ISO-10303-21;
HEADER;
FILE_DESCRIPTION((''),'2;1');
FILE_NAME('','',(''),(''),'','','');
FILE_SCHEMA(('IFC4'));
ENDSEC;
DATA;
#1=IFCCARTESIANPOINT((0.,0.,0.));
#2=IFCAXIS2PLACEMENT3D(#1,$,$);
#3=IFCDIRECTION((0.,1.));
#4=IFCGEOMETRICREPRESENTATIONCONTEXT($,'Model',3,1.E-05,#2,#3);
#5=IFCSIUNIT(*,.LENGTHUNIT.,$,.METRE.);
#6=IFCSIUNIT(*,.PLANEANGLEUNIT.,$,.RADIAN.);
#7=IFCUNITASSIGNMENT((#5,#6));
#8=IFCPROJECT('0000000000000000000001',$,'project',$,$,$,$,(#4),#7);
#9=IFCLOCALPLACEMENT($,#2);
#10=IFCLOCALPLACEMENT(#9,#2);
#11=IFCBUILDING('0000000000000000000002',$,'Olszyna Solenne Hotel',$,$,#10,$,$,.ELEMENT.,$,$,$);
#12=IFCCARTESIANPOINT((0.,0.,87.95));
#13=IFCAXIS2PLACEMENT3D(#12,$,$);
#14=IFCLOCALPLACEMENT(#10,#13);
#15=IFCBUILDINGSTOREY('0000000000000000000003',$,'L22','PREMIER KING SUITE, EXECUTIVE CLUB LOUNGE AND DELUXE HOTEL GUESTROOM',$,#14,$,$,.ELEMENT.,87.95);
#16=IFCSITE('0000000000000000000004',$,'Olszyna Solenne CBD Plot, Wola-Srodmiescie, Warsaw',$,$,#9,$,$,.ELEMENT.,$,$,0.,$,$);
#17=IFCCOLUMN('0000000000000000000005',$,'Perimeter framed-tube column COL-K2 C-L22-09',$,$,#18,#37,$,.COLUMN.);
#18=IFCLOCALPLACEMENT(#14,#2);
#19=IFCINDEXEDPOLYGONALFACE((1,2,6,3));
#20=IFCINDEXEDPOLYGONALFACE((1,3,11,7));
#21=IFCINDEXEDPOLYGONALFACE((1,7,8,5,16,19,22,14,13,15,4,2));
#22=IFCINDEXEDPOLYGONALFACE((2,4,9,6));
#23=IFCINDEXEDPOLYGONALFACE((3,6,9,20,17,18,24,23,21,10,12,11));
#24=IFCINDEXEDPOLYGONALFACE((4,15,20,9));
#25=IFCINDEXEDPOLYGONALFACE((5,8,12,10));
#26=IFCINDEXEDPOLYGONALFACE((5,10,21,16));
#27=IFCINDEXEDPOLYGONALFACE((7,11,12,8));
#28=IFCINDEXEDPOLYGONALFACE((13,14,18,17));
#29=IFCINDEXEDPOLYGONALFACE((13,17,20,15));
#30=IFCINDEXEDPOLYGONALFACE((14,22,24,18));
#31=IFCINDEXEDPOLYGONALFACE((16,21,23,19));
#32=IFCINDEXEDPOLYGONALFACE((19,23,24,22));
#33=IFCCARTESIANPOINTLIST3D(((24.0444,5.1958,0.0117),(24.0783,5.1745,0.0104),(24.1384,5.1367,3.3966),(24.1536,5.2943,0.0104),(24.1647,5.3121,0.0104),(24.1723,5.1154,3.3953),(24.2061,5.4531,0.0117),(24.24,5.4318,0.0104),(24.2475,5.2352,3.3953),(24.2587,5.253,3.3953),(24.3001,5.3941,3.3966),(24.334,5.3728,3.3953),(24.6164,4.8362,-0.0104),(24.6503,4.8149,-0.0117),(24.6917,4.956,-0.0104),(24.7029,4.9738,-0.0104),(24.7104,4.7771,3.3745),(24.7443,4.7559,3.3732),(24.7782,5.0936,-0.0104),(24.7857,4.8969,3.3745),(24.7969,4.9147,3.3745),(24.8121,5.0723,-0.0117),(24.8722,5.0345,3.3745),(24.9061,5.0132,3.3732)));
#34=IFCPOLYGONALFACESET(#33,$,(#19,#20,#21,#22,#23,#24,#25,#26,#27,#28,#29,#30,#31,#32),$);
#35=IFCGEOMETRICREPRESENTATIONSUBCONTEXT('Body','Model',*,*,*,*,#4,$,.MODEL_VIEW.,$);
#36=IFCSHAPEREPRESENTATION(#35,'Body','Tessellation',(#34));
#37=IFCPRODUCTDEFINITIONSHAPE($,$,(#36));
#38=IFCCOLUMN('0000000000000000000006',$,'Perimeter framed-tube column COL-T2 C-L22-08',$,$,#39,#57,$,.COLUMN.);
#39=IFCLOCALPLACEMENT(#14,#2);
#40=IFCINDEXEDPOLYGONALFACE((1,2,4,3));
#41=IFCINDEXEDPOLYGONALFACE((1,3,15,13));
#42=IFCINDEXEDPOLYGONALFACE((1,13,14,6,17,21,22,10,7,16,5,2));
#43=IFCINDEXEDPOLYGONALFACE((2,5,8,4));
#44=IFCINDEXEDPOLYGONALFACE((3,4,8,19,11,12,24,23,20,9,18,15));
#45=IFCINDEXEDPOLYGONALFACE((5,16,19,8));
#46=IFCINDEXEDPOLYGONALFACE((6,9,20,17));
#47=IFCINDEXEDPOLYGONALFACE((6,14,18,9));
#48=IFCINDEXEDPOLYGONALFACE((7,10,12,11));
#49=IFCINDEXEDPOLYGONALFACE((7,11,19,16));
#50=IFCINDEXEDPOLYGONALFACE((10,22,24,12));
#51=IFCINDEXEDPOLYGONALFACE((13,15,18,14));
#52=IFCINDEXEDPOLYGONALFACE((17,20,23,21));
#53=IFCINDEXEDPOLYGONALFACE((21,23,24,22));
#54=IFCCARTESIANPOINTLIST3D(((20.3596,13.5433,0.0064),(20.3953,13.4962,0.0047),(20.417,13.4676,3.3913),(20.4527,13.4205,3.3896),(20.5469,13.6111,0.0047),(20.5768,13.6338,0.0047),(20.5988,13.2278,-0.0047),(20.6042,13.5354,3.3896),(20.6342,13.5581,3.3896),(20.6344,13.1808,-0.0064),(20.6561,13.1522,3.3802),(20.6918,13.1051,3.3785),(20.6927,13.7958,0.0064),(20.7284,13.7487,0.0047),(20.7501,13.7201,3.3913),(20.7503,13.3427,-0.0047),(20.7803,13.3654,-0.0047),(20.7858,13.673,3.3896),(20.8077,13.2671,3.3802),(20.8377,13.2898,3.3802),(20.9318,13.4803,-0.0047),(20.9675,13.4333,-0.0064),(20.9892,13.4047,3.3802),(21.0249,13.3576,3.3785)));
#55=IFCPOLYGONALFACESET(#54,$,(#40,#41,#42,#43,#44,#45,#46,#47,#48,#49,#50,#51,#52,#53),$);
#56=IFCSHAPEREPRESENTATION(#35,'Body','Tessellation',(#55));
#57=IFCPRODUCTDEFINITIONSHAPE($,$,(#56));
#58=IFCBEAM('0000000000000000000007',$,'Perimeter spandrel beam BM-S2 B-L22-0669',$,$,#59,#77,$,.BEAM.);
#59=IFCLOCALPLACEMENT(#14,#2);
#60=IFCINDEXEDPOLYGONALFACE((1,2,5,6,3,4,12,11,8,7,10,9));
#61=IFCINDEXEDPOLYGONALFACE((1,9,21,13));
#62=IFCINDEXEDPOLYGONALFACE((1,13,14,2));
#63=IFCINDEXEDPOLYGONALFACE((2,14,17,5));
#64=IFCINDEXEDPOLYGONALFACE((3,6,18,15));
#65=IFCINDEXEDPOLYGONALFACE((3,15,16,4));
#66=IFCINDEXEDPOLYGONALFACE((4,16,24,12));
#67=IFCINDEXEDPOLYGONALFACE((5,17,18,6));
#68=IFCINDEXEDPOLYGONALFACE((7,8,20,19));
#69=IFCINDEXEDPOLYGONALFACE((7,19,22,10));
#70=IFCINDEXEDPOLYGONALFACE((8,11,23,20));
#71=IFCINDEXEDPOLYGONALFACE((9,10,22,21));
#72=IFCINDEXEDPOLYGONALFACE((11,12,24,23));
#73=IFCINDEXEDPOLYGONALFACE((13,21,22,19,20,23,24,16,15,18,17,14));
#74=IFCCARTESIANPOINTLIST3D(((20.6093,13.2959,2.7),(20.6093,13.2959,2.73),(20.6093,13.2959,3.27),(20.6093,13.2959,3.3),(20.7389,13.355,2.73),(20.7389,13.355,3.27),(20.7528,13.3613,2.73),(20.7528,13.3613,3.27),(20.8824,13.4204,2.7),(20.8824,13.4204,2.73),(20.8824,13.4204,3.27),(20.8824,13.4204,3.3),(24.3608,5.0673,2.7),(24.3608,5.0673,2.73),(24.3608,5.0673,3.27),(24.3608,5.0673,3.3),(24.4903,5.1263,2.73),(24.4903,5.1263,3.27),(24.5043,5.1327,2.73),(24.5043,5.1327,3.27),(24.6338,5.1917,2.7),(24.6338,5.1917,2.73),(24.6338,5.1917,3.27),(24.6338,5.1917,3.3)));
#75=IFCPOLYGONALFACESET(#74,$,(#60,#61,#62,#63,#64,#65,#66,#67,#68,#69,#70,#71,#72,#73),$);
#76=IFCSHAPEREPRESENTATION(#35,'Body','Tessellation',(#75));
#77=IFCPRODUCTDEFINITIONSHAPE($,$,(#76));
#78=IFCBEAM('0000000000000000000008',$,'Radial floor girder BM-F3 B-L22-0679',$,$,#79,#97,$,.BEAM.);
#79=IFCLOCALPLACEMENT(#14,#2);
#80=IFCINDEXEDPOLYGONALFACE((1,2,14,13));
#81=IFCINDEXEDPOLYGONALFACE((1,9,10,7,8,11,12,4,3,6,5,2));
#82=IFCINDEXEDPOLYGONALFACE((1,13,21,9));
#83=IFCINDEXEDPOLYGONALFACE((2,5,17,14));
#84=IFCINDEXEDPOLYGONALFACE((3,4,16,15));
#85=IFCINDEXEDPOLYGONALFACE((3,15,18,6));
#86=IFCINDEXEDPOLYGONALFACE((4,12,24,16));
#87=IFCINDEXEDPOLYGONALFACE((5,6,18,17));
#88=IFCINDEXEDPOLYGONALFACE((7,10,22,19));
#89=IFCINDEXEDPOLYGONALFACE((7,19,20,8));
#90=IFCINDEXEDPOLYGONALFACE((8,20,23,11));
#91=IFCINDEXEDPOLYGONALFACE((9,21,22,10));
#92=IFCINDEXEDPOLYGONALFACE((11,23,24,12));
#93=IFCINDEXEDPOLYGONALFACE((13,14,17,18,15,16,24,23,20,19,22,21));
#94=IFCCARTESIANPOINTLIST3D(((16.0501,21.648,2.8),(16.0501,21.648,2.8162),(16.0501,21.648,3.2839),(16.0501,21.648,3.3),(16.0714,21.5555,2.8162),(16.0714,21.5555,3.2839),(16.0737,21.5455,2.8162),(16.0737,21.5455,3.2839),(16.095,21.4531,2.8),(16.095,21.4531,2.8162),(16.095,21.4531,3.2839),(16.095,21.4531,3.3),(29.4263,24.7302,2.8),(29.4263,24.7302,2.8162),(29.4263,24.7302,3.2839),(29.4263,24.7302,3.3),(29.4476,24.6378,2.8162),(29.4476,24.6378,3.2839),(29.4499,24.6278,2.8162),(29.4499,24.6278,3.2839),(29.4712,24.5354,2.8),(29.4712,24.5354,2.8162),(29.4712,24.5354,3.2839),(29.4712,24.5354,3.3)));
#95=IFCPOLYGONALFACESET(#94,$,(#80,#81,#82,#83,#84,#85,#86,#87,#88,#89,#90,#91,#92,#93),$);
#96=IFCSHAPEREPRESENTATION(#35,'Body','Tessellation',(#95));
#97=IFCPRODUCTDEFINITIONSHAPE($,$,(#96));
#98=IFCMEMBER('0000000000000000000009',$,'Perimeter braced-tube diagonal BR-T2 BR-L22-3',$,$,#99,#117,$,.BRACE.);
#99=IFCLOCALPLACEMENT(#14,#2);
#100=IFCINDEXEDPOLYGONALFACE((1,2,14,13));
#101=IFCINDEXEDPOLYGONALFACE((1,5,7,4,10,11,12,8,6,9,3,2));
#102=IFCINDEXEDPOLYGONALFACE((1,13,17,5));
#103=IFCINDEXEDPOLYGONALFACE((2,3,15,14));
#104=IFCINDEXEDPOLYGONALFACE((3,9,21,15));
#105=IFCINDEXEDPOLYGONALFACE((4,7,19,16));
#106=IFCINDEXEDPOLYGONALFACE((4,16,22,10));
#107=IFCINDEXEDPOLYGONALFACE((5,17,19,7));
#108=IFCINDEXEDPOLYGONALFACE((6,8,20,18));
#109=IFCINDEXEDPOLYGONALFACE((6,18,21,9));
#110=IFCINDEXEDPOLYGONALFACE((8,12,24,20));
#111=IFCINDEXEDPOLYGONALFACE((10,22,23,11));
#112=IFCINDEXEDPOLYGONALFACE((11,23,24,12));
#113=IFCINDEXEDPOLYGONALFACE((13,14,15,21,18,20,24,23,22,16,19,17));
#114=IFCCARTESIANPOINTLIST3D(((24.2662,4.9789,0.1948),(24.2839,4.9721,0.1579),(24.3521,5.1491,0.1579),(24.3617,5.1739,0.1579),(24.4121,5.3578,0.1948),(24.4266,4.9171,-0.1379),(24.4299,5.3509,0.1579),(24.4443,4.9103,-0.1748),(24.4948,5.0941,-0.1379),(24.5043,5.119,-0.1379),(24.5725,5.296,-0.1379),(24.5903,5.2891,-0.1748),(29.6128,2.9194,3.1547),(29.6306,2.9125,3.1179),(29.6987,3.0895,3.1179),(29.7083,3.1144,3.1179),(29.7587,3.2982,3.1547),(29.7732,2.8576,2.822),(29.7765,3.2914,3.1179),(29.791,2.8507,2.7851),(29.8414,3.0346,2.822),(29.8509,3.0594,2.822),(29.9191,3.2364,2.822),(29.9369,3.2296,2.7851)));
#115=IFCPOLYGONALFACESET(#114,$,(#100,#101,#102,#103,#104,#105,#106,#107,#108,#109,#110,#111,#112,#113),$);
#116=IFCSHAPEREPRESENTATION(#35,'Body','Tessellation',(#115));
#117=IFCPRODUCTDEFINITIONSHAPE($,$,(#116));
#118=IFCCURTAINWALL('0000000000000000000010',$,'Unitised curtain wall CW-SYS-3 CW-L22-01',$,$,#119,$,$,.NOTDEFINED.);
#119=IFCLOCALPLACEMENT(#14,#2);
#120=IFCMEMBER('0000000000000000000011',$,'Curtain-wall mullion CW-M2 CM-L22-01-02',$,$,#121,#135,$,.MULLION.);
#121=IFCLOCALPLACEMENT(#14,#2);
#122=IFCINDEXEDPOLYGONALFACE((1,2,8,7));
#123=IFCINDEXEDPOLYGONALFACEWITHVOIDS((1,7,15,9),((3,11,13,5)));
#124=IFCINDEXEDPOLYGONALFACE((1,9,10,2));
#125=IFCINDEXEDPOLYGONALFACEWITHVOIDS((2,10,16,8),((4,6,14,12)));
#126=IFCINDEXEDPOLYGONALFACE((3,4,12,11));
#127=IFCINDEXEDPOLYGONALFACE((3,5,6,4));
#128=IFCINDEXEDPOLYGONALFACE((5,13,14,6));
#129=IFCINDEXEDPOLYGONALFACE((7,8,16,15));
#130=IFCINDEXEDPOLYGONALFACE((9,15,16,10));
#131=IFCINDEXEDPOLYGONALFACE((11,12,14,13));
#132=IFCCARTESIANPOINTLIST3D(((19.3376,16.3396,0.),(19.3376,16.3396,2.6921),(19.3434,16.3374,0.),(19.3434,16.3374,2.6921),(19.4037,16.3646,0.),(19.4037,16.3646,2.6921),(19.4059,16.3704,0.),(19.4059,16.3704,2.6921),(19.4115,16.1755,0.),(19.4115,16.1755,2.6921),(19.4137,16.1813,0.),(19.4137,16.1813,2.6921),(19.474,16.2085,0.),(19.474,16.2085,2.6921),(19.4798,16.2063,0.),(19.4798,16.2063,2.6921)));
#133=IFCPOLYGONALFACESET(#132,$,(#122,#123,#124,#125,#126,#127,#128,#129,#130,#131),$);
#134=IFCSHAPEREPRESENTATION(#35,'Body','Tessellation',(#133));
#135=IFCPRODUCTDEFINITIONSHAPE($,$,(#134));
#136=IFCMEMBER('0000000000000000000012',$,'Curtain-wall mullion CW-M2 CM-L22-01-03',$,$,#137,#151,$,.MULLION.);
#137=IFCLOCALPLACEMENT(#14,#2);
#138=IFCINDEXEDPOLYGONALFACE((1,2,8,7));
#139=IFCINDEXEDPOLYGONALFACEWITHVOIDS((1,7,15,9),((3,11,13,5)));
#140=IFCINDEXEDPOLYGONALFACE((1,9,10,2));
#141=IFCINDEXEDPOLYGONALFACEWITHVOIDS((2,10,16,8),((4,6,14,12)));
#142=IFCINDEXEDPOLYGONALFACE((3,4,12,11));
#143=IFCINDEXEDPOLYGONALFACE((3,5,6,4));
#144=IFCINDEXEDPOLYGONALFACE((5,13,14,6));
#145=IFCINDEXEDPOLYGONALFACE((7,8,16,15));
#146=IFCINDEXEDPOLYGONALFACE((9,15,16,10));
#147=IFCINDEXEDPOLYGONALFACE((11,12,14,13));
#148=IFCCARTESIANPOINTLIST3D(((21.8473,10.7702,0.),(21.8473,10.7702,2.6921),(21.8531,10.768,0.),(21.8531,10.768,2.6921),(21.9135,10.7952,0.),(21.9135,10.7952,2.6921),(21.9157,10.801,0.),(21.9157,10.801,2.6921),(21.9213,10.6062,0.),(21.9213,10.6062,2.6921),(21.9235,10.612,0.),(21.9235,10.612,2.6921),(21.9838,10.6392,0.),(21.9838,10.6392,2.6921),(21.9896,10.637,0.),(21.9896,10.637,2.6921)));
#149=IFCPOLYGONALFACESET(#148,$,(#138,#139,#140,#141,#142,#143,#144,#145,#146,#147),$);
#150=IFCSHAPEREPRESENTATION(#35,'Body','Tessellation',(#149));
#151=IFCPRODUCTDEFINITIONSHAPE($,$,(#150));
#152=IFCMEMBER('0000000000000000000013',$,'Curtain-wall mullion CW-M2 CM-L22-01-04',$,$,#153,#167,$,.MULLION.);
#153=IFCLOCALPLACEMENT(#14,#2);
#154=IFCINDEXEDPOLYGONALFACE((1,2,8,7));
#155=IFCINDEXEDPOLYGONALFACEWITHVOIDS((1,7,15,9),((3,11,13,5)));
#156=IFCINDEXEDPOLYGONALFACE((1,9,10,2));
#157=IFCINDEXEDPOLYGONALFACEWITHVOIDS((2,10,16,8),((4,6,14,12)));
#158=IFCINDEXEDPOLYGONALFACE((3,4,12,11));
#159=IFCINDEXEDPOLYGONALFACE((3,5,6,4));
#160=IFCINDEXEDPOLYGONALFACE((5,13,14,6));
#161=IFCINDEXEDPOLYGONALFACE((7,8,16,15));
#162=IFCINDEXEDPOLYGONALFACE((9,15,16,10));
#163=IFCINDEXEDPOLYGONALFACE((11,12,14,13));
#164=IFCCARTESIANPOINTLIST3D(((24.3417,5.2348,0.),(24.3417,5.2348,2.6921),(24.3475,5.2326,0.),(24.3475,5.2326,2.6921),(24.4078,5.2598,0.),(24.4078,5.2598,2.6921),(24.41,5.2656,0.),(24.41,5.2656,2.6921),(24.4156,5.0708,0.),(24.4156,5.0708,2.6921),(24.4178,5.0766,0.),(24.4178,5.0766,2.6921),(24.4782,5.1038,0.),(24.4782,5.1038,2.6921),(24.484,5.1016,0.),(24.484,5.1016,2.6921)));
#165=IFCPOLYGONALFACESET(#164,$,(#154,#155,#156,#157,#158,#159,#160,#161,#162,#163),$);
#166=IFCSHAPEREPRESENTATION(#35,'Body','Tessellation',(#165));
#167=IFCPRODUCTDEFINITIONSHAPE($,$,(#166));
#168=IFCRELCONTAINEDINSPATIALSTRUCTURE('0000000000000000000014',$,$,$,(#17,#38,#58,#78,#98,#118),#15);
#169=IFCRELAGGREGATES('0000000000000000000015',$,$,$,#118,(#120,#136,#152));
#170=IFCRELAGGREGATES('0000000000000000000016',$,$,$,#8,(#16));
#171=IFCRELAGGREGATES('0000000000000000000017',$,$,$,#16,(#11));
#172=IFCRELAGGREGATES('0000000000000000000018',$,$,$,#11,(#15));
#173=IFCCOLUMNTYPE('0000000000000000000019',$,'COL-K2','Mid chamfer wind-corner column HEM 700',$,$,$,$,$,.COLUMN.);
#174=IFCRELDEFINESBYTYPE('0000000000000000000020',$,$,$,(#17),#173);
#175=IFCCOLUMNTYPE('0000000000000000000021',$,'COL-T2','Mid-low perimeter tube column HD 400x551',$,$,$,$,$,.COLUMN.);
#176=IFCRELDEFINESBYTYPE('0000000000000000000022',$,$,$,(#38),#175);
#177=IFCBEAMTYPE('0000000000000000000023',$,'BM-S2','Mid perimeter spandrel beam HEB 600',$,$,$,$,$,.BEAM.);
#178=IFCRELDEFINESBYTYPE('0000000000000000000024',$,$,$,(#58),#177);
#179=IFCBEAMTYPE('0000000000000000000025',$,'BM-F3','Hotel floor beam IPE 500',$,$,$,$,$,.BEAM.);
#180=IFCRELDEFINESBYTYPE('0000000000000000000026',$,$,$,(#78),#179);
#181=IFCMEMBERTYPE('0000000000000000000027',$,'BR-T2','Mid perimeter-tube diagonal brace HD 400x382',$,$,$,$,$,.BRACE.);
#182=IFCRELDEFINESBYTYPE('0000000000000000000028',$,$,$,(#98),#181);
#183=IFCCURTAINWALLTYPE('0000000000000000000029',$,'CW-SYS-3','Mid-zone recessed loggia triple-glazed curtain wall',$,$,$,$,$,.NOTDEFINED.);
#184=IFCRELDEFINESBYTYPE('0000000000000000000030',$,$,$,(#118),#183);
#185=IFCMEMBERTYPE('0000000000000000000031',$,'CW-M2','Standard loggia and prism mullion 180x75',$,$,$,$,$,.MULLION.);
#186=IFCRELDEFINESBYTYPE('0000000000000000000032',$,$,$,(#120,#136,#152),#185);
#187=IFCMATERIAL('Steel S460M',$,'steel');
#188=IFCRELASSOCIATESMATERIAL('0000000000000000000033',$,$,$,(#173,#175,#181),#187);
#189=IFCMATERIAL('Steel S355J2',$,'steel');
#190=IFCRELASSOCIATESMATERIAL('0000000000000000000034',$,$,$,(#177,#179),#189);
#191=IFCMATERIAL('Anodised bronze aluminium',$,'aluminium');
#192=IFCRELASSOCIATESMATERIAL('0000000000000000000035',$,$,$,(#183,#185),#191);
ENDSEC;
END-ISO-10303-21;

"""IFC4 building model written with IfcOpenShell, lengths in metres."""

from ifc_helpers import new_model, si_unit, direction, frame, origin, origin_2d, place, context, subcontext, project, spatial, hollow_rectangle, i_section, extrude, source, transform, mapped, material, material_profile, profile_set, type_object, element, aggregate, save


model = new_model("IFC4")

# Units and contexts
model_context = context("Model", 3, precision=1e-05, world=origin(), true_north=direction((0.0, 1.0)))
body_context = subcontext(model_context, "Body", "Model", "MODEL_VIEW")
ifc_project = project(units=[si_unit("LENGTHUNIT", "METRE"), si_unit("PLANEANGLEUNIT", "RADIAN")], contexts=[model_context])

# Site, building, storey
site_placement = place(None, origin())
site = spatial("IfcSite", under=ifc_project, at=site_placement, Name="Olszyna Solenne CBD Plot, Wola-Srodmiescie, Warsaw", CompositionType="ELEMENT", RefElevation=0.0)
building_placement = place(site_placement, origin())
building = spatial("IfcBuilding", under=site, at=building_placement, Name="Olszyna Solenne Hotel", CompositionType="ELEMENT")
storey_placement = place(building_placement, frame((0.0, 0.0, 87.95)))
storey = spatial("IfcBuildingStorey", under=building, at=storey_placement, Name="L22", Description="PREMIER KING SUITE, EXECUTIVE CLUB LOUNGE AND DELUXE HOTEL GUESTROOM", CompositionType="ELEMENT", Elevation=87.95)

# Columns
ifc_material_1 = material(Name="Steel S460M", Category="steel")
ifc_material_profile_1 = material_profile(ifc_material_1, i_section(OverallWidth=0.304, OverallDepth=0.7161, WebThickness=0.021, FlangeThickness=0.04, at=origin_2d()), Name="HEM 700", Category="load-bearing")
ifc_profile_set_1 = profile_set([ifc_material_profile_1], Name="Steel S460M")
column_type_1 = type_object("IfcColumnType", Name="COL-K2", Description="Mid chamfer wind-corner column HEM 700", PredefinedType="COLUMN", material=ifc_profile_set_1)
shared_shape_1 = source(origin(), body_context, "Body", "SweptSolid", [
    extrude(i_section(OverallWidth=0.304, OverallDepth=0.7161, WebThickness=0.021, FlangeThickness=0.04, at=origin_2d()), origin(), (0.0, 0.0, 1.0), 3.3867),
])
column_1_placement = place(storey_placement, frame((24.4282, 5.134, 0.0), z_axis=(0.027753, -0.017445, 0.999463), x_axis=(0.532172, 0.846637, 0.0)))
element("IfcColumn", 1, at=column_1_placement, inside=storey, type_object=column_type_1, Name="Perimeter framed-tube column COL-K2 C-L22-09", PredefinedType="COLUMN", context=body_context, shape_type="MappedRepresentation", body=[
    mapped(shared_shape_1, transform((0.0, 0.0, 0.0), x_axis=(1.0, 0.0, 0.0), y_axis=(0.0, 1.0, 0.0), z_axis=(0.0, 0.0, 1.0), scale=1.0)),
])
ifc_material_profile_2 = material_profile(ifc_material_1, i_section(OverallWidth=0.418, OverallDepth=0.4551, WebThickness=0.0376, FlangeThickness=0.0591, at=origin_2d()), Name="HD 400x551", Category="load-bearing")
ifc_profile_set_2 = profile_set([ifc_material_profile_2], Name="Steel S460M")
column_type_2 = type_object("IfcColumnType", Name="COL-T2", Description="Mid-low perimeter tube column HD 400x551", PredefinedType="COLUMN", material=ifc_profile_set_2)
shared_shape_2 = source(origin(), body_context, "Body", "SweptSolid", [
    extrude(i_section(OverallWidth=0.418, OverallDepth=0.4551, WebThickness=0.0376, FlangeThickness=0.0591, at=origin_2d()), origin(), (0.0, 0.0, 1.0), 3.3862),
])
column_2_placement = place(storey_placement, frame((20.6636, 13.4883, 0.0), z_axis=(0.016942, -0.02235, 0.999607), x_axis=(0.796905, 0.604105, 0.0)))
element("IfcColumn", 2, at=column_2_placement, inside=storey, type_object=column_type_2, Name="Perimeter framed-tube column COL-T2 C-L22-08", PredefinedType="COLUMN", context=body_context, shape_type="MappedRepresentation", body=[
    mapped(shared_shape_2, transform((0.0, 0.0, 0.0), x_axis=(1.0, 0.0, 0.0), y_axis=(0.0, 1.0, 0.0), z_axis=(0.0, 0.0, 1.0), scale=1.0)),
])

# Beams
ifc_material_2 = material(Name="Steel S355J2", Category="steel")
ifc_material_profile_3 = material_profile(ifc_material_2, i_section(OverallWidth=0.3, OverallDepth=0.6001, WebThickness=0.0154, FlangeThickness=0.03, at=origin_2d()), Name="HEB 600", Category="load-bearing")
ifc_profile_set_3 = profile_set([ifc_material_profile_3], Name="Steel S355J2")
beam_type_1 = type_object("IfcBeamType", Name="BM-S2", Description="Mid perimeter spandrel beam HEB 600", PredefinedType="BEAM", material=ifc_profile_set_3)
shared_shape_3 = source(origin(), body_context, "Body", "SweptSolid", [
    extrude(i_section(OverallWidth=0.3, OverallDepth=0.6001, WebThickness=0.0154, FlangeThickness=0.03, at=origin_2d()), origin(), (0.0, 0.0, 1.0), 9.0435),
])
beam_1_placement = place(storey_placement, frame((20.7458, 13.3582, 3.0), z_axis=(0.414822, -0.909903, 0.0), x_axis=(0.909903, 0.414822, 0.0)))
element("IfcBeam", 3, at=beam_1_placement, inside=storey, type_object=beam_type_1, Name="Perimeter spandrel beam BM-S2 B-L22-0669", PredefinedType="BEAM", context=body_context, shape_type="MappedRepresentation", body=[
    mapped(shared_shape_3, transform((0.0, 0.0, 0.0), x_axis=(1.0, 0.0, 0.0), y_axis=(0.0, 1.0, 0.0), z_axis=(0.0, 0.0, 1.0), scale=1.0)),
])
ifc_material_profile_4 = material_profile(ifc_material_2, i_section(OverallWidth=0.2, OverallDepth=0.5, WebThickness=0.0103, FlangeThickness=0.0161, at=origin_2d()), Name="IPE 500", Category="load-bearing")
ifc_profile_set_4 = profile_set([ifc_material_profile_4], Name="Steel S355J2")
beam_type_2 = type_object("IfcBeamType", Name="BM-F3", Description="Hotel floor beam IPE 500", PredefinedType="BEAM", material=ifc_profile_set_4)
shared_shape_4 = source(origin(), body_context, "Body", "SweptSolid", [
    extrude(i_section(OverallWidth=0.2, OverallDepth=0.5, WebThickness=0.0103, FlangeThickness=0.0161, at=origin_2d()), origin(), (0.0, 0.0, 1.0), 13.7268),
])
beam_2_placement = place(storey_placement, frame((16.0725, 21.5505, 3.05), z_axis=(0.974464, 0.224545, 0.0), x_axis=(-0.224545, 0.974464, 0.0)))
element("IfcBeam", 4, at=beam_2_placement, inside=storey, type_object=beam_type_2, Name="Radial floor girder BM-F3 B-L22-0679", PredefinedType="BEAM", context=body_context, shape_type="MappedRepresentation", body=[
    mapped(shared_shape_4, transform((0.0, 0.0, 0.0), x_axis=(1.0, 0.0, 0.0), y_axis=(0.0, 1.0, 0.0), z_axis=(0.0, 0.0, 1.0), scale=1.0)),
])

# Member
ifc_material_profile_5 = material_profile(ifc_material_1, i_section(OverallWidth=0.406, OverallDepth=0.416, WebThickness=0.0266, FlangeThickness=0.0415, at=origin_2d()), Name="HD 400x382", Category="load-bearing")
ifc_profile_set_5 = profile_set([ifc_material_profile_5], Name="Steel S460M")
member_type_1 = type_object("IfcMemberType", Name="BR-T2", Description="Mid perimeter-tube diagonal brace HD 400x382", PredefinedType="BRACE", material=ifc_profile_set_5)
shared_shape_5 = source(origin(), body_context, "Body", "SweptSolid", [
    extrude(i_section(OverallWidth=0.406, OverallDepth=0.416, WebThickness=0.0266, FlangeThickness=0.0415, at=origin_2d()), origin(), (0.0, 0.0, 1.0), 6.449),
])
member_1_placement = place(storey_placement, frame((24.4282, 5.134, 0.01), z_axis=(0.829065, -0.319361, 0.458977), x_axis=(0.359459, 0.933161, 0.0)))
element("IfcMember", 5, at=member_1_placement, inside=storey, type_object=member_type_1, Name="Perimeter braced-tube diagonal BR-T2 BR-L22-3", PredefinedType="BRACE", context=body_context, shape_type="MappedRepresentation", body=[
    mapped(shared_shape_5, transform((0.0, 0.0, 0.0), x_axis=(1.0, 0.0, 0.0), y_axis=(0.0, 1.0, 0.0), z_axis=(0.0, 0.0, 1.0), scale=1.0)),
])

# Curtain wall, members
ifc_material_3 = material(Name="Anodised bronze aluminium", Category="aluminium")
curtain_wall_type = type_object("IfcCurtainWallType", Name="CW-SYS-3", Description="Mid-zone recessed loggia triple-glazed curtain wall", PredefinedType="NOTDEFINED", material=ifc_material_3)
curtain_wall_placement = place(storey_placement, origin())
curtain_wall = element("IfcCurtainWall", 6, at=curtain_wall_placement, inside=storey, type_object=curtain_wall_type, Name="Unitised curtain wall CW-SYS-3 CW-L22-01", PredefinedType="NOTDEFINED")
ifc_material_profile_6 = material_profile(ifc_material_3, hollow_rectangle(XDim=0.075, YDim=0.1799, WallThickness=0.0044, at=origin_2d()), Name="MULL 180x75x4.5", Category="load-bearing")
ifc_profile_set_6 = profile_set([ifc_material_profile_6], Name="Anodised bronze aluminium")
member_type_2 = type_object("IfcMemberType", Name="CW-M2", Description="Standard loggia and prism mullion 180x75", PredefinedType="MULLION", material=ifc_profile_set_6)
shared_shape_6 = source(origin(), body_context, "Body", "SweptSolid", [
    extrude(hollow_rectangle(XDim=0.075, YDim=0.1799, WallThickness=0.0044, at=origin_2d()), origin(), (0.0, 0.0, 1.0), 2.6921),
])
member_2_placement = place(storey_placement, frame((19.4087, 16.2729, 0.0), z_axis=(0.0, 0.0, 1.0), x_axis=(0.911704, 0.410847, 0.0)))
member_2 = element("IfcMember", 7, at=member_2_placement, type_object=member_type_2, Name="Curtain-wall mullion CW-M2 CM-L22-01-02", PredefinedType="MULLION", context=body_context, shape_type="MappedRepresentation", body=[
    mapped(shared_shape_6, transform((0.0, 0.0, 0.0), x_axis=(1.0, 0.0, 0.0), y_axis=(0.0, 1.0, 0.0), z_axis=(0.0, 0.0, 1.0), scale=1.0)),
])
member_3_placement = place(storey_placement, frame((21.9185, 10.7036, 0.0), z_axis=(0.0, 0.0, 1.0), x_axis=(0.911704, 0.410847, 0.0)))
member_3 = element("IfcMember", 8, at=member_3_placement, type_object=member_type_2, Name="Curtain-wall mullion CW-M2 CM-L22-01-03", PredefinedType="MULLION", context=body_context, shape_type="MappedRepresentation", body=[
    mapped(shared_shape_6, transform((0.0, 0.0, 0.0), x_axis=(1.0, 0.0, 0.0), y_axis=(0.0, 1.0, 0.0), z_axis=(0.0, 0.0, 1.0), scale=1.0)),
])
member_4_placement = place(storey_placement, frame((24.4128, 5.1682, 0.0), z_axis=(0.0, 0.0, 1.0), x_axis=(0.911704, 0.410847, 0.0)))
member_4 = element("IfcMember", 9, at=member_4_placement, type_object=member_type_2, Name="Curtain-wall mullion CW-M2 CM-L22-01-04", PredefinedType="MULLION", context=body_context, shape_type="MappedRepresentation", body=[
    mapped(shared_shape_6, transform((0.0, 0.0, 0.0), x_axis=(1.0, 0.0, 0.0), y_axis=(0.0, 1.0, 0.0), z_axis=(0.0, 0.0, 1.0), scale=1.0)),
])

aggregate(curtain_wall, [member_2, member_3, member_4])

save(model, "model.ifc")
